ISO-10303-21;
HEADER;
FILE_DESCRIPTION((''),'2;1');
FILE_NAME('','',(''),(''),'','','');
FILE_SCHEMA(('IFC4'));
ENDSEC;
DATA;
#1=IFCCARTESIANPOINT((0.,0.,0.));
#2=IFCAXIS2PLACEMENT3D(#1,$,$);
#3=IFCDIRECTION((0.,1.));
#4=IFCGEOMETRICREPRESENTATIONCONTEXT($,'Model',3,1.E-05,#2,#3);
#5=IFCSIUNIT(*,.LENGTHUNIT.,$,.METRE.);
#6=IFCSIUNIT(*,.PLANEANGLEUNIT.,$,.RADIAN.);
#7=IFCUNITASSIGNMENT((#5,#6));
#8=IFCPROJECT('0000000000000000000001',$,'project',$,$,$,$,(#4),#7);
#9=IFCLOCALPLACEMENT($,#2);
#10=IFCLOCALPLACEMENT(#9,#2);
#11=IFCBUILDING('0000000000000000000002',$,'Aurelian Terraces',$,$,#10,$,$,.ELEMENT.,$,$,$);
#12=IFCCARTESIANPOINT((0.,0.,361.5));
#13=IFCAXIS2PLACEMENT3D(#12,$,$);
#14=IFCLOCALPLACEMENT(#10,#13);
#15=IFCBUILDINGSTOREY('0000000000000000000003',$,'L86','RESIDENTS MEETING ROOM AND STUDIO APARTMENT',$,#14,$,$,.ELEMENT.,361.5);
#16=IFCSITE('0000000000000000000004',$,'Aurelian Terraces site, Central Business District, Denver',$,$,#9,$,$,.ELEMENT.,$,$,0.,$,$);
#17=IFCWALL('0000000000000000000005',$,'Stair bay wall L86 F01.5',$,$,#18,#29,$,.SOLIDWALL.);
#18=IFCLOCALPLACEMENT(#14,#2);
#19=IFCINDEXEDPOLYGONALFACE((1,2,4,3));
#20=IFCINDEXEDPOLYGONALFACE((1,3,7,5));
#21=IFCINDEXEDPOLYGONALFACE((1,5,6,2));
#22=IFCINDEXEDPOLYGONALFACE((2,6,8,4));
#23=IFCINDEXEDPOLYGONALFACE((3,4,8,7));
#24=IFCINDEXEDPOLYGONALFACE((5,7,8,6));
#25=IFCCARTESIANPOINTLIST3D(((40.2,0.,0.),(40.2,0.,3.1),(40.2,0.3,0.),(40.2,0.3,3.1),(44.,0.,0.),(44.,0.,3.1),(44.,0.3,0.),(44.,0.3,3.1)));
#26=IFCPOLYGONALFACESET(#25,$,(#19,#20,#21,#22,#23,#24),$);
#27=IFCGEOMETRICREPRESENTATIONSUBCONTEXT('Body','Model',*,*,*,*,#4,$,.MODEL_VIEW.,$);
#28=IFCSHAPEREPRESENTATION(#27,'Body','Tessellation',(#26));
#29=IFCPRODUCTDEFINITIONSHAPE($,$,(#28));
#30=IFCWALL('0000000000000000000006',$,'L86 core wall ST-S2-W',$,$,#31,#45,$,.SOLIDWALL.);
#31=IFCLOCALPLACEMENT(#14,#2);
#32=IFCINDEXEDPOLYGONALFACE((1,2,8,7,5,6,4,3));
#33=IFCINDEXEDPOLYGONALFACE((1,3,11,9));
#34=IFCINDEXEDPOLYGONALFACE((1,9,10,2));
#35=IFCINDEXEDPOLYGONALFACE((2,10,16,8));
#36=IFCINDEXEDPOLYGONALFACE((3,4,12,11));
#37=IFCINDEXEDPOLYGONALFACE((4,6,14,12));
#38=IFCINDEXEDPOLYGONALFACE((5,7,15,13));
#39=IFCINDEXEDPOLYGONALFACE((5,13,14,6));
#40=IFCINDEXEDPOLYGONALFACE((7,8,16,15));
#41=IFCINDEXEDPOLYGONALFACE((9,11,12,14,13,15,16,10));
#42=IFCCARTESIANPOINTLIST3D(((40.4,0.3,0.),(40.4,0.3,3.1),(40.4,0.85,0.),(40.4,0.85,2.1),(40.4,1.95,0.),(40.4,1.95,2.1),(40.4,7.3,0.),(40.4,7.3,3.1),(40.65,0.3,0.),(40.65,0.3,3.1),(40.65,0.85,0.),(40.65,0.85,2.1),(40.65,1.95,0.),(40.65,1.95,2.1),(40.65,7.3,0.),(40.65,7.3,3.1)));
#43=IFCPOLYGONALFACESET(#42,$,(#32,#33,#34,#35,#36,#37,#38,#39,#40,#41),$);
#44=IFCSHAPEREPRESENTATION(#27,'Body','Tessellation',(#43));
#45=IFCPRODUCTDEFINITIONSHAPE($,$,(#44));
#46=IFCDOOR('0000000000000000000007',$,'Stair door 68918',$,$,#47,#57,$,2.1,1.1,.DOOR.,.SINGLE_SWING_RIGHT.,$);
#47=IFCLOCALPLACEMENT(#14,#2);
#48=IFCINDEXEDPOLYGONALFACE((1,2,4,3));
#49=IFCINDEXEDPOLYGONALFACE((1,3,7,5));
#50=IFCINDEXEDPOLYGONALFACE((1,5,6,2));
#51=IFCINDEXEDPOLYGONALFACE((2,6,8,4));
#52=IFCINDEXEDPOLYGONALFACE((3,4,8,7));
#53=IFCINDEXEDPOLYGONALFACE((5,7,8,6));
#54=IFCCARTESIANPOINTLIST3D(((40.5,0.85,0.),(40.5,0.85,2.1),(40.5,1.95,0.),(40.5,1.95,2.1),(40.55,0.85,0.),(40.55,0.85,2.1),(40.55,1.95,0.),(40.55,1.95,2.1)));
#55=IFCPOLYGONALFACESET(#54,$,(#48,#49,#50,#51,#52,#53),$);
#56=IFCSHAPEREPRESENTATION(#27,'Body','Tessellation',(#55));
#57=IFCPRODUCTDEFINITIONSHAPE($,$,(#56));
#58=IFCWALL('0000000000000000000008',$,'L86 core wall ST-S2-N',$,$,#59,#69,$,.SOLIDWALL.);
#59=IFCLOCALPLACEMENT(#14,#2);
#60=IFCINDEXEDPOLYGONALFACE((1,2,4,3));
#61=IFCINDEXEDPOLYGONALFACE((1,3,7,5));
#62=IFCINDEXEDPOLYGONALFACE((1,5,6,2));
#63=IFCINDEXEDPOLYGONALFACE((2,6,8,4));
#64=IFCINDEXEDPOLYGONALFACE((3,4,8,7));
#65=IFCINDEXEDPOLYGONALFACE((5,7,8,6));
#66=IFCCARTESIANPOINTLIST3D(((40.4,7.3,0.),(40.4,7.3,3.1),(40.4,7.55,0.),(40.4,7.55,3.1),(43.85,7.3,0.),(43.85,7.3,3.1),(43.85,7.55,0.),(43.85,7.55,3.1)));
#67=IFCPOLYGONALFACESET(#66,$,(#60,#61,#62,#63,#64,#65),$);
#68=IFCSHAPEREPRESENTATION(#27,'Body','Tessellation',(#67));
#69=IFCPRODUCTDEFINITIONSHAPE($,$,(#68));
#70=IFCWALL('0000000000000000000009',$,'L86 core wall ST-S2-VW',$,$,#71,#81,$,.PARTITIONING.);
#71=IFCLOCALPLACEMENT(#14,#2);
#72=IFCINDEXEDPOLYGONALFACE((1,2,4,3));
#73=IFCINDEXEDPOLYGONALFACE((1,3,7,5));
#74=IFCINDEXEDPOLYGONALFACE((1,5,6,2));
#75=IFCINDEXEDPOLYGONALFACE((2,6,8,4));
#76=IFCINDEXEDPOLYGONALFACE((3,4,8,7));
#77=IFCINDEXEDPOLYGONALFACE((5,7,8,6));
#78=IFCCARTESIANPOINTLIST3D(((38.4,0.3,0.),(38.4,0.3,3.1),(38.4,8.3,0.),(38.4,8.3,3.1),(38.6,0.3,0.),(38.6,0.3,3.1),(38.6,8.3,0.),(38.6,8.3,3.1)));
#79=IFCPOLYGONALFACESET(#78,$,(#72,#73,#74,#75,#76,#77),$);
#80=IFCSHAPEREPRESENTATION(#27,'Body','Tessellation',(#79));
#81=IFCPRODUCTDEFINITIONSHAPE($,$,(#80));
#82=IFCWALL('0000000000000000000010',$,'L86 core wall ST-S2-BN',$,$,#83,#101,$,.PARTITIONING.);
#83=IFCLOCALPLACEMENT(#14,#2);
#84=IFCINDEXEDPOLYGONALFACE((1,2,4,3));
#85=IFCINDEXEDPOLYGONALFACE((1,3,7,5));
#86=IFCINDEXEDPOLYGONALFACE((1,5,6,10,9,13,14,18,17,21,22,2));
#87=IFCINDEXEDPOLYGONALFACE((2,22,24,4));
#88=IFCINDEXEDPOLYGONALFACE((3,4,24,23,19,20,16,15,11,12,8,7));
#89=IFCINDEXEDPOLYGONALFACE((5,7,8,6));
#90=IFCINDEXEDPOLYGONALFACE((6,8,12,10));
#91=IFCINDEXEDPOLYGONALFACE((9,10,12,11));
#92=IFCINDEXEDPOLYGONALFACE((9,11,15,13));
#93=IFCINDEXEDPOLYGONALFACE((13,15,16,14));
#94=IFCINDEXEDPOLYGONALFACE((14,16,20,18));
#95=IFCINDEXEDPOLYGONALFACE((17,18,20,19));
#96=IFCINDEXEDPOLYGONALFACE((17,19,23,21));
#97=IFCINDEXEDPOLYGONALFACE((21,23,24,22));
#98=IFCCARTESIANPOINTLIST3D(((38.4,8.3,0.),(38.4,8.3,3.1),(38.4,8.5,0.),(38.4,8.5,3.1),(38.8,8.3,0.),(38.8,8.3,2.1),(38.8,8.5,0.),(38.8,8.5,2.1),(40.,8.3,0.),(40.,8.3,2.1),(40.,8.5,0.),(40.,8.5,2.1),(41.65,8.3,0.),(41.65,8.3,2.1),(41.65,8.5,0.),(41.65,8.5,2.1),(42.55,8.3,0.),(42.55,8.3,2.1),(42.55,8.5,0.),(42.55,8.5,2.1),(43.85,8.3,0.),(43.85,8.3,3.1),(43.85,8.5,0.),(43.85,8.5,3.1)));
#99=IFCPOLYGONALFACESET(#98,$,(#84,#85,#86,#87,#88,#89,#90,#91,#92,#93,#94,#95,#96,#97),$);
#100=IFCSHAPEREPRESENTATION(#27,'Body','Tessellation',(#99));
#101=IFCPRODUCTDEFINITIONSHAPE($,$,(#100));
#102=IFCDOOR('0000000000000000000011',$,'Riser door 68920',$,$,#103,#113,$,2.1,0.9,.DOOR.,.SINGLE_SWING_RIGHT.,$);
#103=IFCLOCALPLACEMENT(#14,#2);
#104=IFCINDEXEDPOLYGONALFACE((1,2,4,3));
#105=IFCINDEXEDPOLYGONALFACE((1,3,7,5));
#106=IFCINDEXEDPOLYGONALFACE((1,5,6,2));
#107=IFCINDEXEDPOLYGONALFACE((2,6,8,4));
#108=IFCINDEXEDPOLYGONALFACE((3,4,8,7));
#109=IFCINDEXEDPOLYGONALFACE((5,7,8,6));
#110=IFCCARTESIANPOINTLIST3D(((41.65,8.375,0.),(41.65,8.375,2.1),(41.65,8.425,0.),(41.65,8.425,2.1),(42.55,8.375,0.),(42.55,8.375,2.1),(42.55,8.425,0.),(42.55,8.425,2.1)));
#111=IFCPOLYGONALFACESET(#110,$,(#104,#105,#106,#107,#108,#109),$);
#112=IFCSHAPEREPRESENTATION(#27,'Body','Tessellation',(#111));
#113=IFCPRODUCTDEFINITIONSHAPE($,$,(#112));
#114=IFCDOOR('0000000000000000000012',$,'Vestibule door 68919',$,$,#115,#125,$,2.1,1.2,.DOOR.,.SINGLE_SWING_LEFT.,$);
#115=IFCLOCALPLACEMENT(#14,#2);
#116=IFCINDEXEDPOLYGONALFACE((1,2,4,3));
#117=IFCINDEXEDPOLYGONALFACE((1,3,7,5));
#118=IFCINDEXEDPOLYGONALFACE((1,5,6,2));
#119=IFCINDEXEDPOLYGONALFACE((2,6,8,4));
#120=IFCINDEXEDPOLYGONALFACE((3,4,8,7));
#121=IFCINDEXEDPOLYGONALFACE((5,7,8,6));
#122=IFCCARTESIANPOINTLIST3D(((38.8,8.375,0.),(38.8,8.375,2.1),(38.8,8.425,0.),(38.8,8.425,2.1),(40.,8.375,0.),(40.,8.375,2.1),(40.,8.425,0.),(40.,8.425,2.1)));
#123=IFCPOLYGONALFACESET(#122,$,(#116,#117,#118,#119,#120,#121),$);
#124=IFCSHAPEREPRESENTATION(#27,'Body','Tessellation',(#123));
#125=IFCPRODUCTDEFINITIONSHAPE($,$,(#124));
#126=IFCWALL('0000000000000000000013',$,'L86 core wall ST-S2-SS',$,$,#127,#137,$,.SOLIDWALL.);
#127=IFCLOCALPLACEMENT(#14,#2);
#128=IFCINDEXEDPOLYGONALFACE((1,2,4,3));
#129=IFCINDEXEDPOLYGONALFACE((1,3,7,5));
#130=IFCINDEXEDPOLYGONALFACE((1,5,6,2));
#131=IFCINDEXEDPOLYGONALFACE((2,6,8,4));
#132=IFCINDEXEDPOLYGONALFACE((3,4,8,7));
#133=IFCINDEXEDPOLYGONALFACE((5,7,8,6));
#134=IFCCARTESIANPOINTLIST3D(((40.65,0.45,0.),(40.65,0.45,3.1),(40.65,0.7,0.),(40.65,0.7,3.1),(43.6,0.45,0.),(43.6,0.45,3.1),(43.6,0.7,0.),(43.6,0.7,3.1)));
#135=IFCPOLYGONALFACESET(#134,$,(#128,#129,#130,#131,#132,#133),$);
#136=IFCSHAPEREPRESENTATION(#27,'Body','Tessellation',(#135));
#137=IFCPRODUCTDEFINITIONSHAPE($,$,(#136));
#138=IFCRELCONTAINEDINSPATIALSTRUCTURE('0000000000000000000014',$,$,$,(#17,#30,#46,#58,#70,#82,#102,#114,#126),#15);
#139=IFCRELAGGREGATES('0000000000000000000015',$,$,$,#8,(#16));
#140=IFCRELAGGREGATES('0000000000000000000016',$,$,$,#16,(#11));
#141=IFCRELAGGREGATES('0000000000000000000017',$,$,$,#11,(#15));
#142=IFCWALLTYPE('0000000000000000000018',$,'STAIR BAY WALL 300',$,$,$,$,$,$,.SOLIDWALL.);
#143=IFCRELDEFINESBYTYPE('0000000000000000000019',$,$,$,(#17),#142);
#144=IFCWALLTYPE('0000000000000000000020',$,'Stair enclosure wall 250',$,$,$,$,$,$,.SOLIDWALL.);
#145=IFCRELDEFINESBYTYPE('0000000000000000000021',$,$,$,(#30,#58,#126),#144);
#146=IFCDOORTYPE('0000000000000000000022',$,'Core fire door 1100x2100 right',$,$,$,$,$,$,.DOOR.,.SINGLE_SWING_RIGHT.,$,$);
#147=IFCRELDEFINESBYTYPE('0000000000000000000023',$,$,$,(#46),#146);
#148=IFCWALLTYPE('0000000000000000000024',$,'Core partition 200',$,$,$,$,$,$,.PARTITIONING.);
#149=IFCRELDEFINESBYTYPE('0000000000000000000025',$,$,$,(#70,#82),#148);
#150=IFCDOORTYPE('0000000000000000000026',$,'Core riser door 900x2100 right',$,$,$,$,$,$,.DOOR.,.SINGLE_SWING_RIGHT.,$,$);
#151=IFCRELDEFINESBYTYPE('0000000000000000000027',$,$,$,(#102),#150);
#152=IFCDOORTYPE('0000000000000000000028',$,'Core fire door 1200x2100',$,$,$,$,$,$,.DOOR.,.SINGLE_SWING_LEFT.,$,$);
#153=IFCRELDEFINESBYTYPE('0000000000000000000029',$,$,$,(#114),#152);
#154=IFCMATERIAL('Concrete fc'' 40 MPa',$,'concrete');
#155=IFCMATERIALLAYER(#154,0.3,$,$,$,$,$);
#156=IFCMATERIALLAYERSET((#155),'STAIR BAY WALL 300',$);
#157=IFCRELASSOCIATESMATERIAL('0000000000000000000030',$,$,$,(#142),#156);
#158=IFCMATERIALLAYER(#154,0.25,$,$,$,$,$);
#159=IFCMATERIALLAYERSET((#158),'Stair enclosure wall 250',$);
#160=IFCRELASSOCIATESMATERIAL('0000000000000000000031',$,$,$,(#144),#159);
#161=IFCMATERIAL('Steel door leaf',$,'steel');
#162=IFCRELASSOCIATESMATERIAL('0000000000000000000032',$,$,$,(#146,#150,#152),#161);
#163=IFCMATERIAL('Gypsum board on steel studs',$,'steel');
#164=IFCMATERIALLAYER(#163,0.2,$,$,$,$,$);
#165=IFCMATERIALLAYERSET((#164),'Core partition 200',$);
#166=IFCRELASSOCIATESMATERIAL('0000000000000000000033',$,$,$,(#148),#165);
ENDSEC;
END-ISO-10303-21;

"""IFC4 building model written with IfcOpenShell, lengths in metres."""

from ifc_helpers import new_model, si_unit, direction, frame, frame_2d, origin, place, context, subcontext, project, spatial, rectangle, extrude, source, transform, mapped, material, layer, layer_set, type_object, element, fill, save


model = new_model("IFC4")

# Units and contexts
model_context = context("Model", 3, precision=1e-05, world=origin(), true_north=direction((0.0, 1.0)))
body_context = subcontext(model_context, "Body", "Model", "MODEL_VIEW")
ifc_project = project(units=[si_unit("LENGTHUNIT", "METRE"), si_unit("PLANEANGLEUNIT", "RADIAN")], contexts=[model_context])

# Site, building, storey
site_placement = place(None, origin())
site = spatial("IfcSite", under=ifc_project, at=site_placement, Name="Aurelian Terraces site, Central Business District, Denver", CompositionType="ELEMENT", RefElevation=0.0)
building_placement = place(site_placement, origin())
building = spatial("IfcBuilding", under=site, at=building_placement, Name="Aurelian Terraces", CompositionType="ELEMENT")
storey_placement = place(building_placement, frame((0.0, 0.0, 361.5)))
storey = spatial("IfcBuildingStorey", under=building, at=storey_placement, Name="L86", Description="RESIDENTS MEETING ROOM AND STUDIO APARTMENT", CompositionType="ELEMENT", Elevation=361.5)

# Wall
ifc_material_1 = material(Name="Concrete fc' 40 MPa", Category="concrete")
ifc_layer_1 = layer(ifc_material_1, 0.3)
ifc_layer_set_1 = layer_set([ifc_layer_1], Name="STAIR BAY WALL 300")
wall_type_1 = type_object("IfcWallType", Name="STAIR BAY WALL 300", PredefinedType="SOLIDWALL", material=ifc_layer_set_1)
shared_shape_1 = source(origin(), body_context, "Body", "SweptSolid", [
    extrude(rectangle(XDim=3.8, YDim=0.3, at=frame_2d((1.9, 0.0))), origin(), (0.0, 0.0, 1.0), 3.1),
])
wall_1_placement = place(storey_placement, frame((40.2, 0.15, 0.0), z_axis=(0.0, 0.0, 1.0), x_axis=(1.0, 0.0, 0.0)))
element("IfcWall", 1, at=wall_1_placement, inside=storey, type_object=wall_type_1, Name="Stair bay wall L86 F01.5", PredefinedType="SOLIDWALL", context=body_context, shape_type="MappedRepresentation", body=[
    mapped(shared_shape_1, transform((0.0, 0.0, 0.0), scale=1.0)),
])

# Wall, opening, door
ifc_layer_2 = layer(ifc_material_1, 0.25)
ifc_layer_set_2 = layer_set([ifc_layer_2], Name="Stair enclosure wall 250")
wall_type_2 = type_object("IfcWallType", Name="Stair enclosure wall 250", PredefinedType="SOLIDWALL", material=ifc_layer_set_2)
shared_shape_2 = source(origin(), body_context, "Body", "SweptSolid", [
    extrude(rectangle(XDim=7.0, YDim=0.25, at=frame_2d((3.5, 0.0))), origin(), (0.0, 0.0, 1.0), 3.1),
])
wall_2_placement = place(storey_placement, frame((40.525, 0.3, 0.0), z_axis=(0.0, 0.0, 1.0), x_axis=(0.0, 1.0, 0.0)))
wall_2 = element("IfcWall", 2, at=wall_2_placement, inside=storey, type_object=wall_type_2, Name="L86 core wall ST-S2-W", PredefinedType="SOLIDWALL", context=body_context, shape_type="MappedRepresentation", body=[
    mapped(shared_shape_2, transform((0.0, 0.0, 0.0), scale=1.0)),
])
shared_shape_3 = source(origin(), body_context, "Body", "SweptSolid", [
    extrude(rectangle(XDim=1.1, YDim=2.1, at=frame_2d((0.55, 1.05))), frame((0.0, 0.135, 0.0), z_axis=(0.0, -1.0, 0.0), x_axis=(1.0, 0.0, 0.0)), (0.0, 0.0, 1.0), 0.27),
])
opening_1_placement = place(wall_2_placement, frame((0.55, 0.0, 0.0)))
opening_1 = element("IfcOpeningElement", 3, at=opening_1_placement, cuts=wall_2, PredefinedType="OPENING", context=body_context, shape_type="MappedRepresentation", body=[
    mapped(shared_shape_3, transform((0.0, 0.0, 0.0), scale=1.0)),
])
ifc_material_2 = material(Name="Steel door leaf", Category="steel")
door_type_1 = type_object("IfcDoorType", Name="Core fire door 1100x2100 right", OperationType="SINGLE_SWING_RIGHT", PredefinedType="DOOR", material=ifc_material_2)
shared_shape_4 = source(origin(), body_context, "Body", "SweptSolid", [
    extrude(rectangle(XDim=1.1, YDim=2.1, at=frame_2d((0.55, 1.05))), frame((0.0, 0.025, 0.0), z_axis=(0.0, -1.0, 0.0), x_axis=(1.0, 0.0, 0.0)), (0.0, 0.0, 1.0), 0.05),
])
door_1_placement = place(opening_1_placement, origin())
door_1 = element("IfcDoor", 4, at=door_1_placement, inside=storey, type_object=door_type_1, Name="Stair door 68918", OperationType="SINGLE_SWING_RIGHT", OverallHeight=2.1, OverallWidth=1.1, PredefinedType="DOOR", context=body_context, shape_type="MappedRepresentation", body=[
    mapped(shared_shape_4, transform((0.0, 0.0, 0.0), scale=1.0)),
])
fill(opening_1, door_1)

# Walls
shared_shape_5 = source(origin(), body_context, "Body", "SweptSolid", [
    extrude(rectangle(XDim=3.45, YDim=0.25, at=frame_2d((1.725, 0.0))), origin(), (0.0, 0.0, 1.0), 3.1),
])
wall_3_placement = place(storey_placement, frame((40.4, 7.425, 0.0), z_axis=(0.0, 0.0, 1.0), x_axis=(1.0, 0.0, 0.0)))
element("IfcWall", 5, at=wall_3_placement, inside=storey, type_object=wall_type_2, Name="L86 core wall ST-S2-N", PredefinedType="SOLIDWALL", context=body_context, shape_type="MappedRepresentation", body=[
    mapped(shared_shape_5, transform((0.0, 0.0, 0.0), scale=1.0)),
])
ifc_material_3 = material(Name="Gypsum board on steel studs", Category="steel")
ifc_layer_3 = layer(ifc_material_3, 0.2)
ifc_layer_set_3 = layer_set([ifc_layer_3], Name="Core partition 200")
wall_type_3 = type_object("IfcWallType", Name="Core partition 200", PredefinedType="PARTITIONING", material=ifc_layer_set_3)
shared_shape_6 = source(origin(), body_context, "Body", "SweptSolid", [
    extrude(rectangle(XDim=8.0, YDim=0.2, at=frame_2d((4.0, 0.0))), origin(), (0.0, 0.0, 1.0), 3.1),
])
wall_4_placement = place(storey_placement, frame((38.5, 0.3, 0.0), z_axis=(0.0, 0.0, 1.0), x_axis=(0.0, 1.0, 0.0)))
element("IfcWall", 6, at=wall_4_placement, inside=storey, type_object=wall_type_3, Name="L86 core wall ST-S2-VW", PredefinedType="PARTITIONING", context=body_context, shape_type="MappedRepresentation", body=[
    mapped(shared_shape_6, transform((0.0, 0.0, 0.0), scale=1.0)),
])

# Wall, openings, doors
shared_shape_7 = source(origin(), body_context, "Body", "SweptSolid", [
    extrude(rectangle(XDim=5.45, YDim=0.2, at=frame_2d((2.725, 0.0))), origin(), (0.0, 0.0, 1.0), 3.1),
])
wall_5_placement = place(storey_placement, frame((38.4, 8.4, 0.0), z_axis=(0.0, 0.0, 1.0), x_axis=(1.0, 0.0, 0.0)))
wall_5 = element("IfcWall", 7, at=wall_5_placement, inside=storey, type_object=wall_type_3, Name="L86 core wall ST-S2-BN", PredefinedType="PARTITIONING", context=body_context, shape_type="MappedRepresentation", body=[
    mapped(shared_shape_7, transform((0.0, 0.0, 0.0), scale=1.0)),
])
shared_shape_8 = source(origin(), body_context, "Body", "SweptSolid", [
    extrude(rectangle(XDim=1.2, YDim=2.1, at=frame_2d((0.6, 1.05))), frame((0.0, 0.11, 0.0), z_axis=(0.0, -1.0, 0.0), x_axis=(1.0, 0.0, 0.0)), (0.0, 0.0, 1.0), 0.22),
])
opening_2_placement = place(wall_5_placement, frame((0.4, 0.0, 0.0)))
opening_2 = element("IfcOpeningElement", 8, at=opening_2_placement, cuts=wall_5, PredefinedType="OPENING", context=body_context, shape_type="MappedRepresentation", body=[
    mapped(shared_shape_8, transform((0.0, 0.0, 0.0), scale=1.0)),
])
shared_shape_9 = source(origin(), body_context, "Body", "SweptSolid", [
    extrude(rectangle(XDim=0.9, YDim=2.1, at=frame_2d((0.45, 1.05))), frame((0.0, 0.11, 0.0), z_axis=(0.0, -1.0, 0.0), x_axis=(1.0, 0.0, 0.0)), (0.0, 0.0, 1.0), 0.22),
])
opening_3_placement = place(wall_5_placement, frame((3.25, 0.0, 0.0)))
opening_3 = element("IfcOpeningElement", 9, at=opening_3_placement, cuts=wall_5, PredefinedType="OPENING", context=body_context, shape_type="MappedRepresentation", body=[
    mapped(shared_shape_9, transform((0.0, 0.0, 0.0), scale=1.0)),
])
door_type_2 = type_object("IfcDoorType", Name="Core riser door 900x2100 right", OperationType="SINGLE_SWING_RIGHT", PredefinedType="DOOR", material=ifc_material_2)
shared_shape_10 = source(origin(), body_context, "Body", "SweptSolid", [
    extrude(rectangle(XDim=0.9, YDim=2.1, at=frame_2d((0.45, 1.05))), frame((0.0, 0.025, 0.0), z_axis=(0.0, -1.0, 0.0), x_axis=(1.0, 0.0, 0.0)), (0.0, 0.0, 1.0), 0.05),
])
door_2_placement = place(opening_3_placement, origin())
door_2 = element("IfcDoor", 10, at=door_2_placement, inside=storey, type_object=door_type_2, Name="Riser door 68920", OperationType="SINGLE_SWING_RIGHT", OverallHeight=2.1, OverallWidth=0.9, PredefinedType="DOOR", context=body_context, shape_type="MappedRepresentation", body=[
    mapped(shared_shape_10, transform((0.0, 0.0, 0.0), scale=1.0)),
])
fill(opening_3, door_2)
door_type_3 = type_object("IfcDoorType", Name="Core fire door 1200x2100", OperationType="SINGLE_SWING_LEFT", PredefinedType="DOOR", material=ifc_material_2)
shared_shape_11 = source(origin(), body_context, "Body", "SweptSolid", [
    extrude(rectangle(XDim=1.2, YDim=2.1, at=frame_2d((0.6, 1.05))), frame((0.0, 0.025, 0.0), z_axis=(0.0, -1.0, 0.0), x_axis=(1.0, 0.0, 0.0)), (0.0, 0.0, 1.0), 0.05),
])
door_3_placement = place(opening_2_placement, origin())
door_3 = element("IfcDoor", 11, at=door_3_placement, inside=storey, type_object=door_type_3, Name="Vestibule door 68919", OperationType="SINGLE_SWING_LEFT", OverallHeight=2.1, OverallWidth=1.2, PredefinedType="DOOR", context=body_context, shape_type="MappedRepresentation", body=[
    mapped(shared_shape_11, transform((0.0, 0.0, 0.0), scale=1.0)),
])
fill(opening_2, door_3)

# Wall
shared_shape_12 = source(origin(), body_context, "Body", "SweptSolid", [
    extrude(rectangle(XDim=2.95, YDim=0.25, at=frame_2d((1.475, 0.0))), origin(), (0.0, 0.0, 1.0), 3.1),
])
wall_6_placement = place(storey_placement, frame((40.65, 0.575, 0.0), z_axis=(0.0, 0.0, 1.0), x_axis=(1.0, 0.0, 0.0)))
element("IfcWall", 12, at=wall_6_placement, inside=storey, type_object=wall_type_2, Name="L86 core wall ST-S2-SS", PredefinedType="SOLIDWALL", context=body_context, shape_type="MappedRepresentation", body=[
    mapped(shared_shape_12, transform((0.0, 0.0, 0.0), scale=1.0)),
])

save(model, "model.ifc")
